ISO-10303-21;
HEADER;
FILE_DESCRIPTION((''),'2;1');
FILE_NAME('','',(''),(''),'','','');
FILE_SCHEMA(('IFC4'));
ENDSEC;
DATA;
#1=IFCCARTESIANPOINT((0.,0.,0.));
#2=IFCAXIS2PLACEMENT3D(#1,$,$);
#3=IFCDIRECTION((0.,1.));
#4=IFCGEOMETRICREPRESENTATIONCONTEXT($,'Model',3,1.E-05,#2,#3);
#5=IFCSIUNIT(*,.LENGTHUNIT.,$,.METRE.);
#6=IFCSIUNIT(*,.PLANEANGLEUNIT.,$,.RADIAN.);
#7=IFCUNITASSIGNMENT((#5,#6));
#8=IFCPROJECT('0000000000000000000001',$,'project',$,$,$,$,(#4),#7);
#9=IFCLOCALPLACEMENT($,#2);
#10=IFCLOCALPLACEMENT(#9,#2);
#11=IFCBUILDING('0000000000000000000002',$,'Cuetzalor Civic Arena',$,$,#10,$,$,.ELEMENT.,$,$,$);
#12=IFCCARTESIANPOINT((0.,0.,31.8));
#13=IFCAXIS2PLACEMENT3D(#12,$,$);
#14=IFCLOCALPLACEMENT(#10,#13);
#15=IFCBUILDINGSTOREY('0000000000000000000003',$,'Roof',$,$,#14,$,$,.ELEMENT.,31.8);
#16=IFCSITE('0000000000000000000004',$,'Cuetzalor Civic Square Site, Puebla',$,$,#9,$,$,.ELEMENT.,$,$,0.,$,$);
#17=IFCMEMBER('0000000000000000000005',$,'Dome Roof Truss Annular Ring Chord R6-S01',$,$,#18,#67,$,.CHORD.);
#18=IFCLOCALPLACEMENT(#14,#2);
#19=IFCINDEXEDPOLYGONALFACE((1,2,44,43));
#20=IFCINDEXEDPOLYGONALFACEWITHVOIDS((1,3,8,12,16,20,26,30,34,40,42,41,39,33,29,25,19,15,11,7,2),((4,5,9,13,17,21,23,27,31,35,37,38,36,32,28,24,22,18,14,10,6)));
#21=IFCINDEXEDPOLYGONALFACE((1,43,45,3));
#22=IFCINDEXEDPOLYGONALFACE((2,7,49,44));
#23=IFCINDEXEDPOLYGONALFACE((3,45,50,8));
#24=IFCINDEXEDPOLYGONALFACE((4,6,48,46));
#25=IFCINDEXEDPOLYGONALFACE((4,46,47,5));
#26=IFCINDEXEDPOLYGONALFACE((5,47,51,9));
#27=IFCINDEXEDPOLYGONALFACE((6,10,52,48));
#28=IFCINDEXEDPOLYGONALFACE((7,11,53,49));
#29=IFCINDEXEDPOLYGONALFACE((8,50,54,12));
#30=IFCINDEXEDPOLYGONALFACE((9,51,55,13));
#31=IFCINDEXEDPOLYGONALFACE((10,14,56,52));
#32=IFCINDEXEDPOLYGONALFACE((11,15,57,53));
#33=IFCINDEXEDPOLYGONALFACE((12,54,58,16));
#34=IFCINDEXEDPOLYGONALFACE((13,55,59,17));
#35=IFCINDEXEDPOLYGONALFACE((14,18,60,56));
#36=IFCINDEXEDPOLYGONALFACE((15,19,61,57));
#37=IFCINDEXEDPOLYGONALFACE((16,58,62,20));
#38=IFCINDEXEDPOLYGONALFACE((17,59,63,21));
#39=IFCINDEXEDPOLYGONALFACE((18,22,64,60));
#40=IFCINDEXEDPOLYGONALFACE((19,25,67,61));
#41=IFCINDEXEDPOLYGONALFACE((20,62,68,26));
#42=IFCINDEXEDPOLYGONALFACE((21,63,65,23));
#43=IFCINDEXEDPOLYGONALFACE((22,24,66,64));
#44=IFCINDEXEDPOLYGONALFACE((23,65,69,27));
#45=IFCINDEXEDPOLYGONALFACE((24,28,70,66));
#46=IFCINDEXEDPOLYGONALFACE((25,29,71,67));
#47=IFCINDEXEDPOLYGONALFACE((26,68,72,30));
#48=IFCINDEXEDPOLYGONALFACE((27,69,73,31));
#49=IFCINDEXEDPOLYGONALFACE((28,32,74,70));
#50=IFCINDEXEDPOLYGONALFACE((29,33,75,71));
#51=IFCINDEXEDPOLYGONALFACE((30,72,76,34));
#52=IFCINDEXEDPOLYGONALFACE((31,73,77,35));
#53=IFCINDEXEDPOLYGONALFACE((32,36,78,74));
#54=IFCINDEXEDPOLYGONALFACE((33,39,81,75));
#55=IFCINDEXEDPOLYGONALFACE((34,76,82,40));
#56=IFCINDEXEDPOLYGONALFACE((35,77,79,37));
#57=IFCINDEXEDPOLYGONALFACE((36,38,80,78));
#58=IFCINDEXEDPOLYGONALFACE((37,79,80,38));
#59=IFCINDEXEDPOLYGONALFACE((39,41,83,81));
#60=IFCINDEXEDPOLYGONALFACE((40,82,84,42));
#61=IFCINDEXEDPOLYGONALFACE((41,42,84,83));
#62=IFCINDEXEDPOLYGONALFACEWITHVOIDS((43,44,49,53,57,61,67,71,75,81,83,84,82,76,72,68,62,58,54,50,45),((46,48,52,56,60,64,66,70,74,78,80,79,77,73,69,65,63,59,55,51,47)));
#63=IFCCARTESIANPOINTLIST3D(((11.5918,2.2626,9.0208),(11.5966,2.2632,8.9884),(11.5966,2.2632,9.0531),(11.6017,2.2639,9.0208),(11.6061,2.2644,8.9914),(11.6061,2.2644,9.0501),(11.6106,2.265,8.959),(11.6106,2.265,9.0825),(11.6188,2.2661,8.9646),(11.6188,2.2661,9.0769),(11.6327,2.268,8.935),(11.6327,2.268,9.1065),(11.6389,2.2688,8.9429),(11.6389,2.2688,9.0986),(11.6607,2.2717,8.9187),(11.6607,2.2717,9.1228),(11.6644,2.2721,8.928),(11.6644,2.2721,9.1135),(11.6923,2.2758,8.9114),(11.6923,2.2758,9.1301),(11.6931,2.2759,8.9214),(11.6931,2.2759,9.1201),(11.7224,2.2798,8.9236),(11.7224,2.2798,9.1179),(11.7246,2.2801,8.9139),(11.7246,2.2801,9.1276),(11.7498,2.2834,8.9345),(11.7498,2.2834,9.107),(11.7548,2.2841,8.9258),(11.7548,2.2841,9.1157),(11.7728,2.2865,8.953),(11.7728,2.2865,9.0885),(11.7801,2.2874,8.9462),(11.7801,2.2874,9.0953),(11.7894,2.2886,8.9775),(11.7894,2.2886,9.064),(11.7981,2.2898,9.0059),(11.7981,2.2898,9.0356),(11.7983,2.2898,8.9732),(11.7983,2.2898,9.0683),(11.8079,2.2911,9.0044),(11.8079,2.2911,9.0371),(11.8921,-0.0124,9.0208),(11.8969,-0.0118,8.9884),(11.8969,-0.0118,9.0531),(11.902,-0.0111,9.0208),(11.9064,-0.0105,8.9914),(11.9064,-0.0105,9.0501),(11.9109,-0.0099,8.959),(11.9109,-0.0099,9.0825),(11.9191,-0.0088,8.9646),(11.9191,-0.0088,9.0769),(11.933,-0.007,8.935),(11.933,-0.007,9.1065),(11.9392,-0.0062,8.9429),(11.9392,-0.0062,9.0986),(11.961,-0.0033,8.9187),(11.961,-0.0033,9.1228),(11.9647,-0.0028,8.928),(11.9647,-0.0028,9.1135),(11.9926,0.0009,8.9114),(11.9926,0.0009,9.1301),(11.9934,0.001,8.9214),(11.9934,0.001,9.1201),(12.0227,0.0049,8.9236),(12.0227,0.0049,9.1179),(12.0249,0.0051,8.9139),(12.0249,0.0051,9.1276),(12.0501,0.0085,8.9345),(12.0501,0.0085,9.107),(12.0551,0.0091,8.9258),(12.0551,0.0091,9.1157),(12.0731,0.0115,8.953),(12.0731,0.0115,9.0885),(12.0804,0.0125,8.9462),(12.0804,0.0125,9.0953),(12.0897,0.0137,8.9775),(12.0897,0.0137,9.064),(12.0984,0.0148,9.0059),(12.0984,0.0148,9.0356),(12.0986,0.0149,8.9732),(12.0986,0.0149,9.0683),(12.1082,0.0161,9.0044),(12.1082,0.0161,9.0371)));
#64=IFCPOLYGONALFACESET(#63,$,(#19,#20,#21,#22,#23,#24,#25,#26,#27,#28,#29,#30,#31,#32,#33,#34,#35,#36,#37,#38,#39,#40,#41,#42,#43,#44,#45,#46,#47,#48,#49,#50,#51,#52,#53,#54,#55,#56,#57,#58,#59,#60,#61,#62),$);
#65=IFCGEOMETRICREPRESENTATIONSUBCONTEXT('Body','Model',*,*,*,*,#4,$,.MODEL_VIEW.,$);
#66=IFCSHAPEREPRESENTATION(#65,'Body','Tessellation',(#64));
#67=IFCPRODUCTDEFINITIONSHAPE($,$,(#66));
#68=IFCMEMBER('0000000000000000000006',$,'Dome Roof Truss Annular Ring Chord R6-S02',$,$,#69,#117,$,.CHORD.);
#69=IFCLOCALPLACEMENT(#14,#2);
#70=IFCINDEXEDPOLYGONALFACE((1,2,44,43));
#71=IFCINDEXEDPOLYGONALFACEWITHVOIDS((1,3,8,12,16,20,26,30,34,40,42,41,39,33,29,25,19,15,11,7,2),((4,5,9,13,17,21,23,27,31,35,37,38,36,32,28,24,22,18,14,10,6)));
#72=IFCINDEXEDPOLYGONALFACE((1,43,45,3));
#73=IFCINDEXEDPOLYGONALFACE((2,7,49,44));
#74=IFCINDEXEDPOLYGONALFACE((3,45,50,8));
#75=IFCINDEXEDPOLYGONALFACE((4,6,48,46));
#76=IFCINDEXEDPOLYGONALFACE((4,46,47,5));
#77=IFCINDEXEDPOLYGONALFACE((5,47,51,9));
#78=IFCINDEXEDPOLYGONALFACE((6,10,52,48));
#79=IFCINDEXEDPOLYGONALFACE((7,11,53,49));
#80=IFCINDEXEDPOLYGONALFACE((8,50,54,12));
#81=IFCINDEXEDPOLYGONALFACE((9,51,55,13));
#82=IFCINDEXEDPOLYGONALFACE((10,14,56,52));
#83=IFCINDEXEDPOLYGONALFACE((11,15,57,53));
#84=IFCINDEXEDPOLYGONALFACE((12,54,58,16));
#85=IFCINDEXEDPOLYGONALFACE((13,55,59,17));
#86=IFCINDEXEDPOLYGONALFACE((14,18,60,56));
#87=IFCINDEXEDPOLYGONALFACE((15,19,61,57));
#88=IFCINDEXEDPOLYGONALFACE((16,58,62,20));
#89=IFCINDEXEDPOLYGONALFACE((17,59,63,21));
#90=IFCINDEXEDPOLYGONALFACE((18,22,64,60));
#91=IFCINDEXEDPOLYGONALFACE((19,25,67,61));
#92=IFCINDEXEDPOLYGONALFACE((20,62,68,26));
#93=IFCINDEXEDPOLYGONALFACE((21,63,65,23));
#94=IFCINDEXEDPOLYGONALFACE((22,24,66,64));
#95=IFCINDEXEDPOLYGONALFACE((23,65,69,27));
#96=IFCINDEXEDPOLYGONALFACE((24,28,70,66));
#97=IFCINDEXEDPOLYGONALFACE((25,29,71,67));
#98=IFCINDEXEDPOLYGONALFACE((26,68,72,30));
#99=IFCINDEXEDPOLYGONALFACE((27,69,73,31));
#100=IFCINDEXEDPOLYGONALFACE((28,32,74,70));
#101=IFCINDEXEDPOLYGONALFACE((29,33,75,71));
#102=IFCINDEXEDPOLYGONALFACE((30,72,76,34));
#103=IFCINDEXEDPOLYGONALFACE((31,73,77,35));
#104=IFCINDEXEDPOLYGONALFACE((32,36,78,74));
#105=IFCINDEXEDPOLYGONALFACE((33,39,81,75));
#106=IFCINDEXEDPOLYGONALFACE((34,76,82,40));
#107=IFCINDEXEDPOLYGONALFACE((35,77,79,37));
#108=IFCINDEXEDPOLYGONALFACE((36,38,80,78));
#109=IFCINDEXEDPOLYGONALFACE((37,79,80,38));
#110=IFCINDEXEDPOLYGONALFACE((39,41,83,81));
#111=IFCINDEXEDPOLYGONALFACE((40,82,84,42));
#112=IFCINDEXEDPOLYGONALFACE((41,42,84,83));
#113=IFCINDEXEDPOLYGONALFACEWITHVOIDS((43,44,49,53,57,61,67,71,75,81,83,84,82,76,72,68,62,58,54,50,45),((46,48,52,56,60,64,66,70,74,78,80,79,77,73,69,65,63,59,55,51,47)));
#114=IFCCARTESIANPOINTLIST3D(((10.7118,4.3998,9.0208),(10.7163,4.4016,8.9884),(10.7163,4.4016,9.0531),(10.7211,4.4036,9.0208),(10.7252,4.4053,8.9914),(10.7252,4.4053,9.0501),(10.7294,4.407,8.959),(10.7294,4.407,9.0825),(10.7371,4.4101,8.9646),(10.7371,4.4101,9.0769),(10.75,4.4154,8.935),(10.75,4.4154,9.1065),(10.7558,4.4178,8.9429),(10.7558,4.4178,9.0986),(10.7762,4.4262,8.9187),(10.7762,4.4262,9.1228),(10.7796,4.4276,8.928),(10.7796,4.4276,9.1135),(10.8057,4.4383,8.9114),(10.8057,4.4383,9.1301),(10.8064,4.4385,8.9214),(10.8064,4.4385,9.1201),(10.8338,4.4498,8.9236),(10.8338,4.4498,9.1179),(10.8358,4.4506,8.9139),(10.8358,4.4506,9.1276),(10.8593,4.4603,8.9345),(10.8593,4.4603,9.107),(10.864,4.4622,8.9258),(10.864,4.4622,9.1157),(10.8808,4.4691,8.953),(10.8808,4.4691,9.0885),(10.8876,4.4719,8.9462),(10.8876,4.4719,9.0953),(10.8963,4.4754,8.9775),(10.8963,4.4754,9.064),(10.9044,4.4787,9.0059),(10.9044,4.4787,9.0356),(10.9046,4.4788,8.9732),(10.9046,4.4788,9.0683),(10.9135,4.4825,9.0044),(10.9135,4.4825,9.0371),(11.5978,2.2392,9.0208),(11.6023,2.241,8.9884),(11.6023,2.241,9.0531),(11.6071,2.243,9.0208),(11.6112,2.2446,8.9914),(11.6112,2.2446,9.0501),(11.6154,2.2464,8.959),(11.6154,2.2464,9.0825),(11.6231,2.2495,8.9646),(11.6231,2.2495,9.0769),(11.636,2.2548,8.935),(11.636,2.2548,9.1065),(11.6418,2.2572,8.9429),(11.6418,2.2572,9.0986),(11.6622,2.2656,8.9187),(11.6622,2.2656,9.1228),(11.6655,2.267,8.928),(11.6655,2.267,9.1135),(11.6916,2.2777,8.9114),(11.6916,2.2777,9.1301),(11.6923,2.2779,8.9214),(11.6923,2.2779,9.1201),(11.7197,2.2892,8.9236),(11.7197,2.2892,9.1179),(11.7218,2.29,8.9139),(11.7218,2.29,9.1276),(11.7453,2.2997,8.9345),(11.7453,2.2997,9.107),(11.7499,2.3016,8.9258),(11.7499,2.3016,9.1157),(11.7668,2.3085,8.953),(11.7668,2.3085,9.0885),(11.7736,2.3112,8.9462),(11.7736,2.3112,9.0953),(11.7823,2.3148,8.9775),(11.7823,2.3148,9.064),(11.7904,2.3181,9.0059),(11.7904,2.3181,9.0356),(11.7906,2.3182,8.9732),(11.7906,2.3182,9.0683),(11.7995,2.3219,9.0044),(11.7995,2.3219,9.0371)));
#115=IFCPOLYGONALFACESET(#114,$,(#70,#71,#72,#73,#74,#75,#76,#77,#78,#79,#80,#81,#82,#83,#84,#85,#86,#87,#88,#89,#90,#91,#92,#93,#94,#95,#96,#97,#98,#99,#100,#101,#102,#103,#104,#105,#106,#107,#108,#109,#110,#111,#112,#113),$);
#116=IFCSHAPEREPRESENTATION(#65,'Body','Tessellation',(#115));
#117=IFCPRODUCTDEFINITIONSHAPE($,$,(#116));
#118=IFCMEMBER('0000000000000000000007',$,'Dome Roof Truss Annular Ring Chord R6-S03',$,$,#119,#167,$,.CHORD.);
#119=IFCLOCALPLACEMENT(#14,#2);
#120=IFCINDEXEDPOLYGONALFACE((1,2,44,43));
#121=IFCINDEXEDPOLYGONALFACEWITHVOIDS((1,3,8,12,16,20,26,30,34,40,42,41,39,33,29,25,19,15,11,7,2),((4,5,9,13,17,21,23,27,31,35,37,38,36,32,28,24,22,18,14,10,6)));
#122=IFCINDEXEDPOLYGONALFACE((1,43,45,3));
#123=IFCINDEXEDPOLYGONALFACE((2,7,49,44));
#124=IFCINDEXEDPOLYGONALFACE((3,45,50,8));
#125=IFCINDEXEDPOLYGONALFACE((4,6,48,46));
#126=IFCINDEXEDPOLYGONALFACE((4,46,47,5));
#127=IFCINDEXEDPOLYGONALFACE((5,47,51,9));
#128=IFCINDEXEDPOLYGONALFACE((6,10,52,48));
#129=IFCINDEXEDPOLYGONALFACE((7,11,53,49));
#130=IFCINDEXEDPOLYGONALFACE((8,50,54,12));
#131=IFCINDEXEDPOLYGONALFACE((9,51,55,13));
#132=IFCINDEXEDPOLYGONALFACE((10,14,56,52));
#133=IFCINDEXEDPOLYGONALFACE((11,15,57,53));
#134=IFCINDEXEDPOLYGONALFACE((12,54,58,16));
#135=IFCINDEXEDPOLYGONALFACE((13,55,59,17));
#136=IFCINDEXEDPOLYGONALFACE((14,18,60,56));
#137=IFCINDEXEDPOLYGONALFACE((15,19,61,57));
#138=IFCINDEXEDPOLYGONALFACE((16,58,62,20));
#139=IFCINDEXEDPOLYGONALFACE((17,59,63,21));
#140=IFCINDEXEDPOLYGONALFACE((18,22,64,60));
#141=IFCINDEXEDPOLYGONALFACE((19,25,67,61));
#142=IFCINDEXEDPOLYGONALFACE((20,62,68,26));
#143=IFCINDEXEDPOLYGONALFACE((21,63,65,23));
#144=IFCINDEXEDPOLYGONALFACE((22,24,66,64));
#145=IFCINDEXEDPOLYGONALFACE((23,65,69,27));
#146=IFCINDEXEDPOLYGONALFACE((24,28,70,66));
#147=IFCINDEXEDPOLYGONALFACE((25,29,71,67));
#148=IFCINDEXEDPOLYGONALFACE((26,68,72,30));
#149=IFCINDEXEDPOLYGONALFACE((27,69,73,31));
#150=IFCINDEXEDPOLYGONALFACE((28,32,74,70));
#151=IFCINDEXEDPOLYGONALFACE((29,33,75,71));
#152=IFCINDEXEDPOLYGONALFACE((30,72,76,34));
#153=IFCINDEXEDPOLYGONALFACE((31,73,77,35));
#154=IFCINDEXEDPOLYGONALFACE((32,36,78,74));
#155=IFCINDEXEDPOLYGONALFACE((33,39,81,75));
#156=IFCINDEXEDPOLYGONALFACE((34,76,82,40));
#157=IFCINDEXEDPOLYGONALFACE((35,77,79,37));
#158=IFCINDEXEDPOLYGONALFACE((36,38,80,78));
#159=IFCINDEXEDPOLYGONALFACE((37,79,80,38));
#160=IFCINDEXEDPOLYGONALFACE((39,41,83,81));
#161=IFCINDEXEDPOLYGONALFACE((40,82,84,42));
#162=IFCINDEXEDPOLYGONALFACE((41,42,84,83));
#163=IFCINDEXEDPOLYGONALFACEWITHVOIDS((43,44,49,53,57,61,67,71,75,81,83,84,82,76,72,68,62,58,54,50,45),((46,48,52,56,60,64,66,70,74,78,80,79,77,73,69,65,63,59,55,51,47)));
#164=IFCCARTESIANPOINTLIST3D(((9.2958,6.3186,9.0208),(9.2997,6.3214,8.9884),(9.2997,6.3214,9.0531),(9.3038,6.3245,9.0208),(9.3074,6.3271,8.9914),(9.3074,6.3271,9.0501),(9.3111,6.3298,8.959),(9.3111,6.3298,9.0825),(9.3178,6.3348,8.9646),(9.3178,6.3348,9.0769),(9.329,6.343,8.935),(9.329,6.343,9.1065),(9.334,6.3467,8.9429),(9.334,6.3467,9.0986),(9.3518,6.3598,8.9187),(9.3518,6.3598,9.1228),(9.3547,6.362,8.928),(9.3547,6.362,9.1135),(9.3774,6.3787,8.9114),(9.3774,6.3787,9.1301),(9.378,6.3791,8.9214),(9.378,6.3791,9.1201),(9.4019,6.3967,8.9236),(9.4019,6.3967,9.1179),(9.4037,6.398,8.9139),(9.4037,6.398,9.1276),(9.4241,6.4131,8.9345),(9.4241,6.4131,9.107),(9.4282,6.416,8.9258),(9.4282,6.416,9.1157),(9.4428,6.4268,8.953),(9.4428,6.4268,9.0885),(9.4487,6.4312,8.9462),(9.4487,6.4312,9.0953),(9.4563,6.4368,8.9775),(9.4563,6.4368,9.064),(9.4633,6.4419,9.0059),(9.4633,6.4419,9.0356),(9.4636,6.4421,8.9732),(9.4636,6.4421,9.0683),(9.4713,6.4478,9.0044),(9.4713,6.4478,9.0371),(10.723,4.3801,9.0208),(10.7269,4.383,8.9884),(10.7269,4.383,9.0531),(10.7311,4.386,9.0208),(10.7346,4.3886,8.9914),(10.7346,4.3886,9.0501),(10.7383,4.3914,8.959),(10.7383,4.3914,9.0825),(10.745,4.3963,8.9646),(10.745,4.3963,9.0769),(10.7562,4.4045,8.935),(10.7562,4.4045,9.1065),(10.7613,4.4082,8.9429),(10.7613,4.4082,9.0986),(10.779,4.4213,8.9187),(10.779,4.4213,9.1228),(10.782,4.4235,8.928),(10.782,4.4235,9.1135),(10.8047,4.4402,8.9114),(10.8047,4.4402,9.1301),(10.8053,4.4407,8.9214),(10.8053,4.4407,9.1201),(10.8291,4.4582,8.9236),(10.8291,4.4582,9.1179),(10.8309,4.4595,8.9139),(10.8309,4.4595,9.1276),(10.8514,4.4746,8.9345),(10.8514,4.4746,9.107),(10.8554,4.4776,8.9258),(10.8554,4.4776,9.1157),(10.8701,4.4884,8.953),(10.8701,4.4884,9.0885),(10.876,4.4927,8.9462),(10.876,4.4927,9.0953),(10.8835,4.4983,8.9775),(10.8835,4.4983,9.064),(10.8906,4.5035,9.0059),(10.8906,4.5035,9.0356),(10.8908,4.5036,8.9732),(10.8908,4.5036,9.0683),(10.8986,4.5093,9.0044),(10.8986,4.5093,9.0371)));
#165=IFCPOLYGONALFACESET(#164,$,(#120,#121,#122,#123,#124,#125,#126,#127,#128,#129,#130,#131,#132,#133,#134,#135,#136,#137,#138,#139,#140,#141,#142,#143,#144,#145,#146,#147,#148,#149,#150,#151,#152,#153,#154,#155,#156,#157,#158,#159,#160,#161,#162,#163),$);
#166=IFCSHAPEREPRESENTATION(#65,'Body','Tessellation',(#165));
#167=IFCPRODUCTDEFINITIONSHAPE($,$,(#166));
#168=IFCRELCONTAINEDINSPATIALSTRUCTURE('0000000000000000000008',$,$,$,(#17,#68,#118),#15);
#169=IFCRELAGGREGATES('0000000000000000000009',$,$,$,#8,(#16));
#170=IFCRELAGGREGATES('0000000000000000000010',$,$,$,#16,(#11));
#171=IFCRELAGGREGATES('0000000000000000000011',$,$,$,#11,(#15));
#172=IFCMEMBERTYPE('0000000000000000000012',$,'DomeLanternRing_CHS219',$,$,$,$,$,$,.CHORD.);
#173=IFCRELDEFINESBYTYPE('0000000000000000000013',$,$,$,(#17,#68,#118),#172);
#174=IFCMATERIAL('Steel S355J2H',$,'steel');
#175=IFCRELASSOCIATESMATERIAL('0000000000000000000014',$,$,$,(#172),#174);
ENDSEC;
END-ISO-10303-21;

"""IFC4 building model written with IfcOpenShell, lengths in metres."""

from ifc_helpers import new_model, si_unit, direction, frame, origin, origin_2d, place, context, subcontext, project, spatial, hollow_circle, extrude, material, material_profile, profile_set, type_object, element, save


model = new_model("IFC4")

# Units and contexts
model_context = context("Model", 3, precision=1e-05, world=origin(), true_north=direction((0.0, 1.0)))
body_context = subcontext(model_context, "Body", "Model", "MODEL_VIEW")
ifc_project = project(units=[si_unit("LENGTHUNIT", "METRE"), si_unit("PLANEANGLEUNIT", "RADIAN")], contexts=[model_context])

# Site, building, storey
site_placement = place(None, origin())
site = spatial("IfcSite", under=ifc_project, at=site_placement, Name="Cuetzalor Civic Square Site, Puebla", CompositionType="ELEMENT", RefElevation=0.0)
building_placement = place(site_placement, origin())
building = spatial("IfcBuilding", under=site, at=building_placement, Name="Cuetzalor Civic Arena", CompositionType="ELEMENT")
storey_placement = place(building_placement, frame((0.0, 0.0, 31.8)))
storey = spatial("IfcBuildingStorey", under=building, at=storey_placement, Name="Roof", CompositionType="ELEMENT", Elevation=31.8)

# Members
ifc_material_1 = material(Name="Steel S355J2H", Category="steel")
ifc_material_profile_1 = material_profile(ifc_material_1, hollow_circle(Radius=0.1096, WallThickness=0.01, at=origin_2d()), Name="CHS 219.1x10")
ifc_profile_set_1 = profile_set([ifc_material_profile_1], Name="Steel S355J2H")
member_type_1 = type_object("IfcMemberType", Name="DomeLanternRing_CHS219", PredefinedType="CHORD", material=ifc_profile_set_1)
member_1_placement = place(storey_placement, frame((12.0007, 0.002, 9.0208), z_axis=(-0.130867, 0.9914, 0.0), x_axis=(-0.9914, -0.130867, 0.0)))
element("IfcMember", 1, at=member_1_placement, inside=storey, type_object=member_type_1, Name="Dome Roof Truss Annular Ring Chord R6-S01", PredefinedType="CHORD", context=body_context, shape_type="SweptSolid", body=[
    extrude(hollow_circle(Radius=0.1096, WallThickness=0.01, at=origin_2d()), origin(), (0.0, 0.0, 1.0), 2.2947),
])
member_2_placement = place(storey_placement, frame((11.6992, 2.2808, 9.0208), z_axis=(-0.379398, 0.925234, 0.0), x_axis=(-0.925234, -0.379398, 0.0)))
element("IfcMember", 2, at=member_2_placement, inside=storey, type_object=member_type_1, Name="Dome Roof Truss Annular Ring Chord R6-S02", PredefinedType="CHORD", context=body_context, shape_type="SweptSolid", body=[
    extrude(hollow_circle(Radius=0.1096, WallThickness=0.01, at=origin_2d()), origin(), (0.0, 0.0, 1.0), 2.3352),
])
member_3_placement = place(storey_placement, frame((10.8113, 4.4451, 9.0208), z_axis=(-0.592901, 0.805275, 0.0), x_axis=(-0.805275, -0.592901, 0.0)))
element("IfcMember", 3, at=member_3_placement, inside=storey, type_object=member_type_1, Name="Dome Roof Truss Annular Ring Chord R6-S03", PredefinedType="CHORD", context=body_context, shape_type="SweptSolid", body=[
    extrude(hollow_circle(Radius=0.1096, WallThickness=0.01, at=origin_2d()), origin(), (0.0, 0.0, 1.0), 2.4072),
])

save(model, "model.ifc")
